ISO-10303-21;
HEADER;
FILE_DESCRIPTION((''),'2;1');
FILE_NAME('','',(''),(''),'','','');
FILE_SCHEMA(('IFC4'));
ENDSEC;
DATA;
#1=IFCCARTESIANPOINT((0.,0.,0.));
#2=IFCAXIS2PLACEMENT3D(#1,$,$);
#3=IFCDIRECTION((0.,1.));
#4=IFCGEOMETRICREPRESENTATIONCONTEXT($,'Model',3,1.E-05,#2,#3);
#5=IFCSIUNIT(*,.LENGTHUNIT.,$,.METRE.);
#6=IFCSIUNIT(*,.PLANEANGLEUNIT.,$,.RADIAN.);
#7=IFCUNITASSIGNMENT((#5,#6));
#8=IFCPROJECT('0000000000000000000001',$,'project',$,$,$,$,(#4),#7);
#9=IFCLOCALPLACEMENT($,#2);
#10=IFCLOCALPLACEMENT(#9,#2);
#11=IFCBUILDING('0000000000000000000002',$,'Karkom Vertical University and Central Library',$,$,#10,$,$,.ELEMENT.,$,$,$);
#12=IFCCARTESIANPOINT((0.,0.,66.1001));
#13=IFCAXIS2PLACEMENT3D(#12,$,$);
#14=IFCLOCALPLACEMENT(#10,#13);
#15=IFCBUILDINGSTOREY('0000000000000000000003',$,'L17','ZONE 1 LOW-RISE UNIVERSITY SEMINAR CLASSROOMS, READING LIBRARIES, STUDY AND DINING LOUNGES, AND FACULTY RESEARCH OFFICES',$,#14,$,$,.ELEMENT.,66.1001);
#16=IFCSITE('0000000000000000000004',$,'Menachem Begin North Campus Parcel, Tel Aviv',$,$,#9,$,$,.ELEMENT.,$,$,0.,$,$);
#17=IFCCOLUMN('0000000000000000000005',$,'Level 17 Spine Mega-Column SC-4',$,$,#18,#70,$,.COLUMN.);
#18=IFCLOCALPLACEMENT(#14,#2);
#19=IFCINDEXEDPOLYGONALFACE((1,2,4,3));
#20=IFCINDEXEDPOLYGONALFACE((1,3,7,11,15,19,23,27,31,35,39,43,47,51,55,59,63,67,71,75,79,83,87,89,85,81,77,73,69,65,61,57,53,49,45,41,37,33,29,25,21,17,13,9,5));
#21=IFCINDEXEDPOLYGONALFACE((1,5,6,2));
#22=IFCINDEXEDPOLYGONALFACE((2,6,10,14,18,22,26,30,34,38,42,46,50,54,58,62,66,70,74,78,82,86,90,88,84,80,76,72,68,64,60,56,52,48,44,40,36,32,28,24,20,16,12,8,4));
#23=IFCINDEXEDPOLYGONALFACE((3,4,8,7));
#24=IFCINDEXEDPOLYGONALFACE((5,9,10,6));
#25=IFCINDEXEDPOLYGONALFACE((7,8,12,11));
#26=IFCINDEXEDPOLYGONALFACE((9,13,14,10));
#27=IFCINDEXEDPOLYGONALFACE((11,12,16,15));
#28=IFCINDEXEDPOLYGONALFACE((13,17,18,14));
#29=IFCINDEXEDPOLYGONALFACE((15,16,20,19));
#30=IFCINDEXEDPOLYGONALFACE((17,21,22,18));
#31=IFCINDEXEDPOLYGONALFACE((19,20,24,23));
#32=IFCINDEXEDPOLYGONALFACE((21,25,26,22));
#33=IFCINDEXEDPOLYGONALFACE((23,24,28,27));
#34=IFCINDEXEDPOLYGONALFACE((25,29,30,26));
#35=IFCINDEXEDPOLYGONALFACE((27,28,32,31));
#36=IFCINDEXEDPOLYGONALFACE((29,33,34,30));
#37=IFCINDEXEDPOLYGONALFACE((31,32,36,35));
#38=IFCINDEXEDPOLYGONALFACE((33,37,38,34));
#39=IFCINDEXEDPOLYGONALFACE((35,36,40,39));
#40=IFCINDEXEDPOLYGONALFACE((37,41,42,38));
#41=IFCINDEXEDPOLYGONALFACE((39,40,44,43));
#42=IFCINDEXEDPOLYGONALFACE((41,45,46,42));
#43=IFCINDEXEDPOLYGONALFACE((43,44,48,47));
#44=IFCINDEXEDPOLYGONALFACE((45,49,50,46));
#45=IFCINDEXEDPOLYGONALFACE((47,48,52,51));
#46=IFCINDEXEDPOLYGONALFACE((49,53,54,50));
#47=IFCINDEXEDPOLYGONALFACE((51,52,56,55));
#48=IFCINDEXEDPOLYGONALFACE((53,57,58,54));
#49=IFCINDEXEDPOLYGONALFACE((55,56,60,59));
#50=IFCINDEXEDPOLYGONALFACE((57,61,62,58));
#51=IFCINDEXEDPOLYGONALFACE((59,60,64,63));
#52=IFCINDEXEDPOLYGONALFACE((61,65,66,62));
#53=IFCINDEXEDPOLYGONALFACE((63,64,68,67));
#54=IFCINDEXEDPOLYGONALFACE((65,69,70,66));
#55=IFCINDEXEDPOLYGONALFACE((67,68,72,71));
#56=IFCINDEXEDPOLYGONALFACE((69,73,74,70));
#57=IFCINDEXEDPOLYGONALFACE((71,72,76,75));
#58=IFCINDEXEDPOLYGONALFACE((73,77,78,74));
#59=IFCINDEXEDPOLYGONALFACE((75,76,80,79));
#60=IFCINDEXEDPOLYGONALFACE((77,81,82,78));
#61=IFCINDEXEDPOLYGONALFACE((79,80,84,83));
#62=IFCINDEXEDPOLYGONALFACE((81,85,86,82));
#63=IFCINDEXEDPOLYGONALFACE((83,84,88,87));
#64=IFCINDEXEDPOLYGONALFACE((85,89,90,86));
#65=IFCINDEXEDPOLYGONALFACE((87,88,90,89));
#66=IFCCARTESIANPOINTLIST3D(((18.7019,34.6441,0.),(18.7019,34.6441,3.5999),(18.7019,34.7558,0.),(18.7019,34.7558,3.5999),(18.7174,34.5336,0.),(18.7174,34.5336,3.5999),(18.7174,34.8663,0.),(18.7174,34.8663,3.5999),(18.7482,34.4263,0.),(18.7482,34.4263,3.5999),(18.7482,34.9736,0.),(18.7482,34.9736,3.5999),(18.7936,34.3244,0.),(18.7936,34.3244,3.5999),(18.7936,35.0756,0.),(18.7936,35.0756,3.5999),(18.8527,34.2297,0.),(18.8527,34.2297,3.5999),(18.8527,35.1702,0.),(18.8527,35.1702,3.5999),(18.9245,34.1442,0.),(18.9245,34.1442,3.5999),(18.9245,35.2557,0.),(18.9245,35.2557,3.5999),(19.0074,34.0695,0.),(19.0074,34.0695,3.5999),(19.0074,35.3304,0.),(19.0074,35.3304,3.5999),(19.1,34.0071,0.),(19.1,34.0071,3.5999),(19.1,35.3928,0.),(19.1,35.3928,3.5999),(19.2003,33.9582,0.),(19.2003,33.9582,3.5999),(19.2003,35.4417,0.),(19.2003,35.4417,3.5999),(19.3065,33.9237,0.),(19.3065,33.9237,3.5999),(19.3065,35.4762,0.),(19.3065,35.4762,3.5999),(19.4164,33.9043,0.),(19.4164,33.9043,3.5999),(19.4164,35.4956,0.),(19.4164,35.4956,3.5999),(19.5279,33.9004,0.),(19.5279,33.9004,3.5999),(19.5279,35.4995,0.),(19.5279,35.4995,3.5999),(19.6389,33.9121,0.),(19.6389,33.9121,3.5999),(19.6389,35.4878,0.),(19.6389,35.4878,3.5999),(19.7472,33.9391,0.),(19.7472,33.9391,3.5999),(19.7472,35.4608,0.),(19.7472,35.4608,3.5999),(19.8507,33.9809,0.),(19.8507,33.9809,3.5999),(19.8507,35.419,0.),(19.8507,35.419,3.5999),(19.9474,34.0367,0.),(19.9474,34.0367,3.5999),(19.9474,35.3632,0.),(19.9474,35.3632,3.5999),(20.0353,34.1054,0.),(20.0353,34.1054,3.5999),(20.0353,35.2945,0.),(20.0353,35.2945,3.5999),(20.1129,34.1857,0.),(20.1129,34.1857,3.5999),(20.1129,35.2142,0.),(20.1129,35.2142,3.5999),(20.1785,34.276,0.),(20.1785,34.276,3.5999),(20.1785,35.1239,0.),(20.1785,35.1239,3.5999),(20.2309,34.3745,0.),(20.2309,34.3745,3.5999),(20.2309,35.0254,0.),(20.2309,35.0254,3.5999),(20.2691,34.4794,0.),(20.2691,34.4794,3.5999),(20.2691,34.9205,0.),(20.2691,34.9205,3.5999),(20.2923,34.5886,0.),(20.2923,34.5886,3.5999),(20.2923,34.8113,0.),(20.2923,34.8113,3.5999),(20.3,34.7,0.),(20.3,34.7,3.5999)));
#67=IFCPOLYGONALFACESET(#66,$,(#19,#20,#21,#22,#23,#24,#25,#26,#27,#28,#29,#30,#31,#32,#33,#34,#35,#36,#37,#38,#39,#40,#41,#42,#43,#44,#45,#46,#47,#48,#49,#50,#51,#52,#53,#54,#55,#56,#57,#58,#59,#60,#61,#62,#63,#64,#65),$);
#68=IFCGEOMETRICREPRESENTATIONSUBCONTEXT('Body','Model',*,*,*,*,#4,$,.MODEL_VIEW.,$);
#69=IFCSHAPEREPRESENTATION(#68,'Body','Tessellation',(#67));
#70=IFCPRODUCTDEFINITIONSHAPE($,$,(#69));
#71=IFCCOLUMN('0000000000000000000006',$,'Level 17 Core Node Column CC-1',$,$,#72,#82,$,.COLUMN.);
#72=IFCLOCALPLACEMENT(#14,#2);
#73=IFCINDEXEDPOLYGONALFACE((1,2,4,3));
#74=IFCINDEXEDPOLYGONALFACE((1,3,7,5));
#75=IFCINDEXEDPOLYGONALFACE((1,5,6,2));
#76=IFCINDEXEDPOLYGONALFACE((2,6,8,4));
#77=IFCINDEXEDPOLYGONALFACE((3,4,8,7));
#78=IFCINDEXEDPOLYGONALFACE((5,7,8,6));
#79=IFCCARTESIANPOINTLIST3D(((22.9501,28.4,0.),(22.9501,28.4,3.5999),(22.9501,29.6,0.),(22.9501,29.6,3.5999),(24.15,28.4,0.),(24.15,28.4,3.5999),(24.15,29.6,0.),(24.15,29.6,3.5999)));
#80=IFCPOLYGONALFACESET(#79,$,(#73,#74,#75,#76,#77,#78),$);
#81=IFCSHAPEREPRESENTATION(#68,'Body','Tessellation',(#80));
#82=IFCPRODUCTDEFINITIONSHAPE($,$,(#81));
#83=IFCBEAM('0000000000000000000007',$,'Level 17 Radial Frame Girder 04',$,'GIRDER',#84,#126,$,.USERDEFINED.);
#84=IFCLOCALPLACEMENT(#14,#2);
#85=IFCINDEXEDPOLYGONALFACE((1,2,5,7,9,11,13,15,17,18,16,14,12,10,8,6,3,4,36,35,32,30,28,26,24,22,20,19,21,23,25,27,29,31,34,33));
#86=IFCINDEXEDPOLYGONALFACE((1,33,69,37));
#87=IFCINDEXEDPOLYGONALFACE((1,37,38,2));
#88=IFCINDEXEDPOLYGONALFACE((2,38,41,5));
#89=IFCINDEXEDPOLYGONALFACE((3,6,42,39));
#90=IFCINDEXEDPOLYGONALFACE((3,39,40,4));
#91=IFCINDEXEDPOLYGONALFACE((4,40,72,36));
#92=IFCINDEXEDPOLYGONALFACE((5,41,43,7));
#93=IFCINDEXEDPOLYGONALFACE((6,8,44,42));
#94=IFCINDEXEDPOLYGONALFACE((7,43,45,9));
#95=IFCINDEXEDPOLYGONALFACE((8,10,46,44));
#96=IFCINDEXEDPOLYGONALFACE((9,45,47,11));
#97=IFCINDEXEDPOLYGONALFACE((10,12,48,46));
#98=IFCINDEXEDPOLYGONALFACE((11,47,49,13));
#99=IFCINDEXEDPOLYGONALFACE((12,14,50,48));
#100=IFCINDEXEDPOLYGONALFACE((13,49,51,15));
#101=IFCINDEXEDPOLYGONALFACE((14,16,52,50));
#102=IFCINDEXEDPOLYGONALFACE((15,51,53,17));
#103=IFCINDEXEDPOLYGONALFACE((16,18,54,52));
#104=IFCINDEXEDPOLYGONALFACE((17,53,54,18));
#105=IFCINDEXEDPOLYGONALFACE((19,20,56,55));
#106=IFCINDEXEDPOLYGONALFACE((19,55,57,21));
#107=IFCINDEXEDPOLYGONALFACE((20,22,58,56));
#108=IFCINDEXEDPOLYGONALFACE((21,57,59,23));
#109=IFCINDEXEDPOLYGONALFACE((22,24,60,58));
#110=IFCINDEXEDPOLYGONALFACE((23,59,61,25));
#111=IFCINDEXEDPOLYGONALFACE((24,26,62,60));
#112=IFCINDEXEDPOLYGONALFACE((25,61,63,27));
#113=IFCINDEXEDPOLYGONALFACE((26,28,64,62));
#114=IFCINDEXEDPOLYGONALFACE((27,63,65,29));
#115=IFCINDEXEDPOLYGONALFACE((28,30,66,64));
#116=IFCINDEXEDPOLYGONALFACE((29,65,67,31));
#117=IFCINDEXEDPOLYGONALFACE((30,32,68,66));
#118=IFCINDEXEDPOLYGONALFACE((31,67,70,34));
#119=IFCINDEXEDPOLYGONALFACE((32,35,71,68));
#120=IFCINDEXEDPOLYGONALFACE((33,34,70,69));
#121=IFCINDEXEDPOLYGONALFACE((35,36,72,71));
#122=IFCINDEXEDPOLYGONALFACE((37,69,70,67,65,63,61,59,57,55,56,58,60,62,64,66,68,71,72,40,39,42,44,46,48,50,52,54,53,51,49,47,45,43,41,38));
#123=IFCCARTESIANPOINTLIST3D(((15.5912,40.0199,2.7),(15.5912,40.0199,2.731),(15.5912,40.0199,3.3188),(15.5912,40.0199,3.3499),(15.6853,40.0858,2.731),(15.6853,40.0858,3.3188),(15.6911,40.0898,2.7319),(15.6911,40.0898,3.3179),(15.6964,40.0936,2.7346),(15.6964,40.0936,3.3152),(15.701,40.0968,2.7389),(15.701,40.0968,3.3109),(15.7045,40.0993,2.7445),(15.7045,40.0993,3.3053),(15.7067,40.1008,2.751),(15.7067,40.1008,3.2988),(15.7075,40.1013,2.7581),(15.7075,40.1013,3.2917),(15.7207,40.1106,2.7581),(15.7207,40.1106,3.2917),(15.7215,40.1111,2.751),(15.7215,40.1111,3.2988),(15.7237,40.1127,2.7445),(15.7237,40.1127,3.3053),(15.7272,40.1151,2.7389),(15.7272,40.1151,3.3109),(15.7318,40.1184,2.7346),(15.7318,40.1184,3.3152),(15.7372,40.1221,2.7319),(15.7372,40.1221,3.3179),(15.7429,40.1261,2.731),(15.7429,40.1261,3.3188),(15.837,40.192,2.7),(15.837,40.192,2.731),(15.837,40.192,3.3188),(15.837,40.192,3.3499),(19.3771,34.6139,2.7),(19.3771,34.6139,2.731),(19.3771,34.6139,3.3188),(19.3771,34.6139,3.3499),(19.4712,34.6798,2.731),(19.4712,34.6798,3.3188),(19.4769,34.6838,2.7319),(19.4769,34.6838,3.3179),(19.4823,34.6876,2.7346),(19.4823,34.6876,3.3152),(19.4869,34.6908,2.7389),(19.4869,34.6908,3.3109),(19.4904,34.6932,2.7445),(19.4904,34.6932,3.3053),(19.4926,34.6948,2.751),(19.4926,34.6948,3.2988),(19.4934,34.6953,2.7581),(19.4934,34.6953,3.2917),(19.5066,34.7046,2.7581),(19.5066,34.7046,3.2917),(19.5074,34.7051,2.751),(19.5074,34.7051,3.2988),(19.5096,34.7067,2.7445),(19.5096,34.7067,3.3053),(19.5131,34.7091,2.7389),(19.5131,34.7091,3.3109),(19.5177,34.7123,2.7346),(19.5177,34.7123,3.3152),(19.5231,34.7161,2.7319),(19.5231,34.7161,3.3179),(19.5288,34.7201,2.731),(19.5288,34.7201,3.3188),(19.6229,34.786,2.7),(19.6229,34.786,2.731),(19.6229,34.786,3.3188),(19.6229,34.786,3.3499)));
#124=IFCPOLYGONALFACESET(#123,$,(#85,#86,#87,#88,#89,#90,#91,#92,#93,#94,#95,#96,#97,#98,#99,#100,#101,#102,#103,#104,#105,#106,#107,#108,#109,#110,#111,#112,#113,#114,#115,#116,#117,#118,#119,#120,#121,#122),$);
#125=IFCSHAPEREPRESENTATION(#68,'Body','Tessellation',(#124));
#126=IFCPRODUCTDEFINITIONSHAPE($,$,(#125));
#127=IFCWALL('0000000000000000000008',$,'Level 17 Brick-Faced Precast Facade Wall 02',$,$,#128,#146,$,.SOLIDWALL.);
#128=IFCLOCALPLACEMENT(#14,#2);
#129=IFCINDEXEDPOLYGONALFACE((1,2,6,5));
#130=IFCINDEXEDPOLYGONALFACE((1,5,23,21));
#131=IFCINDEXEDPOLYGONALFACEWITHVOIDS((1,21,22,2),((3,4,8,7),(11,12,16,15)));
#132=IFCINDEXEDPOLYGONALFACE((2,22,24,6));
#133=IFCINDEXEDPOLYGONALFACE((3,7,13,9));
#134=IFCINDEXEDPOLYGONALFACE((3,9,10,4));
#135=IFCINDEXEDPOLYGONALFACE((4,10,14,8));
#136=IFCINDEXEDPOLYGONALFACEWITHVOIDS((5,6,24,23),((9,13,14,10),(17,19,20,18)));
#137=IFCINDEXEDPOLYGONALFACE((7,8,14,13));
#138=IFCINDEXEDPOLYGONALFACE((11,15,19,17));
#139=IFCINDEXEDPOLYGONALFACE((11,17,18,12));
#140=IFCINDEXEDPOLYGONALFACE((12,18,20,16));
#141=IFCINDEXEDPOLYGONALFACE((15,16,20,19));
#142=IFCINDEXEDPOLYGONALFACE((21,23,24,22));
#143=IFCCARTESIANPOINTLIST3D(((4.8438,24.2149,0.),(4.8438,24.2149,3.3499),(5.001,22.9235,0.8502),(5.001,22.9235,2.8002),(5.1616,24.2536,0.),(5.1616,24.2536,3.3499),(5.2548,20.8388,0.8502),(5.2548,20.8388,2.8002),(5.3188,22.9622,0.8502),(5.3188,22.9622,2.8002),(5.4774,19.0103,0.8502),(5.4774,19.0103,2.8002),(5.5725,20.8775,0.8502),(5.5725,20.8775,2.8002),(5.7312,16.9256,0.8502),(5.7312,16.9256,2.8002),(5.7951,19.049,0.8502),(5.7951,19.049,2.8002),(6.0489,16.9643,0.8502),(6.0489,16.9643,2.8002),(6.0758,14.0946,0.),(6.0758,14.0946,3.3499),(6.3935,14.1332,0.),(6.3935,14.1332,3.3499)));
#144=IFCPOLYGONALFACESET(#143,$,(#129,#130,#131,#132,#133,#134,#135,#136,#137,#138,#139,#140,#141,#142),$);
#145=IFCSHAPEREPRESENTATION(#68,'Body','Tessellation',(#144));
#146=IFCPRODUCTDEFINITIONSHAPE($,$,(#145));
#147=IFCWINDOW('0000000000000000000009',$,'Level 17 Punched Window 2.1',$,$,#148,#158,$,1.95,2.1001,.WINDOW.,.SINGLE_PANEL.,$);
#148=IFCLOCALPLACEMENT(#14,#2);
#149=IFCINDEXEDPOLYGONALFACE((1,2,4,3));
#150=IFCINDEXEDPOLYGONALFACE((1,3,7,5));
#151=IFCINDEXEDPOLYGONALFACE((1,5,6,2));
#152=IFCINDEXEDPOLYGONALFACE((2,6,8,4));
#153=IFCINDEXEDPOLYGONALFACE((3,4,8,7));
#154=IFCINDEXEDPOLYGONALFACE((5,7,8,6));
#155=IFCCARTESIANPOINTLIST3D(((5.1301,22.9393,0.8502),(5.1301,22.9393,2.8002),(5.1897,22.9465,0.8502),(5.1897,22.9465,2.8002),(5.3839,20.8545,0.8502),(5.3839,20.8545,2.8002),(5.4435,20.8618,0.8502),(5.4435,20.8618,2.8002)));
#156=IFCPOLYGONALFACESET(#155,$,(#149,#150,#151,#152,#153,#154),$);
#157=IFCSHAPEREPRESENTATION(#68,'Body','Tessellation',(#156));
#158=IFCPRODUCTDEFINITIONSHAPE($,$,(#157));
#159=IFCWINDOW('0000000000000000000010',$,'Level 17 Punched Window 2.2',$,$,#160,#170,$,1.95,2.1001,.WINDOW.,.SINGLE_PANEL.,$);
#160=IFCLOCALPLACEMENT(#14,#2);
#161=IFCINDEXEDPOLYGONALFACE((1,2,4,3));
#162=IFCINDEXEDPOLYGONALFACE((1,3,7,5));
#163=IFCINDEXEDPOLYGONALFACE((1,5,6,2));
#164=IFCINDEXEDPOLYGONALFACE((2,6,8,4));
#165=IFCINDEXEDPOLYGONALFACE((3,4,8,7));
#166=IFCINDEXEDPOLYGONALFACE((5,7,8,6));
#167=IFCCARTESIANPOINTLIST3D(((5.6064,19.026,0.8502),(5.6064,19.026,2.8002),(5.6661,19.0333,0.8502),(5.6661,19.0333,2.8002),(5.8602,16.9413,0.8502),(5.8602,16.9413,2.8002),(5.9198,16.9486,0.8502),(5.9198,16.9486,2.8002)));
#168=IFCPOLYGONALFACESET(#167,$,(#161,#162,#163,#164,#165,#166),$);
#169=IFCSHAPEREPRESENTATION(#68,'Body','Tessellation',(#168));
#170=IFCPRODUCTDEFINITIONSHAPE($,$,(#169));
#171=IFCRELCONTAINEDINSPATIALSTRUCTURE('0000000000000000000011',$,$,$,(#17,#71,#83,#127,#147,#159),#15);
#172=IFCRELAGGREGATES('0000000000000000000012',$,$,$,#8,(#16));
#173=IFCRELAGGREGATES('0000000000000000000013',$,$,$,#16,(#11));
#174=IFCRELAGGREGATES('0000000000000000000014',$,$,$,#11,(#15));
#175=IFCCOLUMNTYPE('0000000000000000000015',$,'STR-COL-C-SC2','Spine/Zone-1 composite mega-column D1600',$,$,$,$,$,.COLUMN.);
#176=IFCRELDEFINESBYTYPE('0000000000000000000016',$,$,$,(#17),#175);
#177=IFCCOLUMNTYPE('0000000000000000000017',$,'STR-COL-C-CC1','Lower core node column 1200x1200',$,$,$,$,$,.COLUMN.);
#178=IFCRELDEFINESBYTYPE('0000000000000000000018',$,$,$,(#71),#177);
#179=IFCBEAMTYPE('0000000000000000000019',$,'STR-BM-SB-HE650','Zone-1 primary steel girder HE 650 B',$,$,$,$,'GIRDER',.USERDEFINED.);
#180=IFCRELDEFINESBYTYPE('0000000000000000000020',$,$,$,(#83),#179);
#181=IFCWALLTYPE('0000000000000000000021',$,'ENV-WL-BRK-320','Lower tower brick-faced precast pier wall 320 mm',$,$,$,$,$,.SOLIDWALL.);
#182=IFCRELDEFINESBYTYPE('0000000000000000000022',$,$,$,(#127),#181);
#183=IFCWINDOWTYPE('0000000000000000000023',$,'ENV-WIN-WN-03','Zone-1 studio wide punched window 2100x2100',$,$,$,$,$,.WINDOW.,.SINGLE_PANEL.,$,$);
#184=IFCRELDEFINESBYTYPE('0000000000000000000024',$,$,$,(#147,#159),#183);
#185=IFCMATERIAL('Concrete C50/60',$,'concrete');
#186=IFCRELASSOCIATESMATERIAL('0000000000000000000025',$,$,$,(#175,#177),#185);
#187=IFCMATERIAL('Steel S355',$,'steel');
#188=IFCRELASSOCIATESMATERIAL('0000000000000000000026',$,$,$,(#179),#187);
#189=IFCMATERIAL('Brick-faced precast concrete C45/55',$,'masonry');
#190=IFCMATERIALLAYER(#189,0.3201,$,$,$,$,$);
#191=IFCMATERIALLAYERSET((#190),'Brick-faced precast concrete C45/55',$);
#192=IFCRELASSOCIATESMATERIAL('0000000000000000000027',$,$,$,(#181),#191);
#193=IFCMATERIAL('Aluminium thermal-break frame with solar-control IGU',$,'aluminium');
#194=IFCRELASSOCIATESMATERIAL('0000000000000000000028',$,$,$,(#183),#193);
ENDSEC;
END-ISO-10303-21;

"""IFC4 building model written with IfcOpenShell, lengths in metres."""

from ifc_helpers import new_model, si_unit, direction, frame, frame_2d, origin, origin_with_axes, origin_2d, place, context, subcontext, project, spatial, rectangle, circle, i_section, extrude, source, transform, mapped, material, layer, layer_set, material_profile, profile_set, type_object, element, fill, save


model = new_model("IFC4")

# Units and contexts
model_context = context("Model", 3, precision=1e-05, world=origin(), true_north=direction((0.0, 1.0)))
body_context = subcontext(model_context, "Body", "Model", "MODEL_VIEW")
ifc_project = project(units=[si_unit("LENGTHUNIT", "METRE"), si_unit("PLANEANGLEUNIT", "RADIAN")], contexts=[model_context])

# Site, building, storey
site_placement = place(None, origin())
site = spatial("IfcSite", under=ifc_project, at=site_placement, Name="Menachem Begin North Campus Parcel, Tel Aviv", CompositionType="ELEMENT", RefElevation=0.0)
building_placement = place(site_placement, origin())
building = spatial("IfcBuilding", under=site, at=building_placement, Name="Karkom Vertical University and Central Library", CompositionType="ELEMENT")
storey_placement = place(building_placement, frame((0.0, 0.0, 66.1001)))
storey = spatial("IfcBuildingStorey", under=building, at=storey_placement, Name="L17", Description="ZONE 1 LOW-RISE UNIVERSITY SEMINAR CLASSROOMS, READING LIBRARIES, STUDY AND DINING LOUNGES, AND FACULTY RESEARCH OFFICES", CompositionType="ELEMENT", Elevation=66.1001)

# Columns
ifc_material_1 = material(Name="Concrete C50/60", Category="concrete")
ifc_material_profile_1 = material_profile(ifc_material_1, circle(Radius=0.8, at=origin_2d()), Name="CFT-D1600")
ifc_profile_set_1 = profile_set([ifc_material_profile_1], Name="Concrete C50/60")
column_type_1 = type_object("IfcColumnType", Name="STR-COL-C-SC2", Description="Spine/Zone-1 composite mega-column D1600", PredefinedType="COLUMN", material=ifc_profile_set_1)
shared_shape_1 = source(origin_with_axes(), body_context, "Body", "SweptSolid", [
    extrude(circle(Radius=0.8, at=origin_2d()), origin(), (0.0, 0.0, 1.0), 3.5999),
])
column_1_placement = place(storey_placement, frame((19.5, 34.7, 0.0), z_axis=(0.0, 0.0, 1.0), x_axis=(1.0, 0.0, 0.0)))
element("IfcColumn", 1, at=column_1_placement, inside=storey, type_object=column_type_1, Name="Level 17 Spine Mega-Column SC-4", PredefinedType="COLUMN", context=body_context, shape_type="MappedRepresentation", body=[
    mapped(shared_shape_1, transform((0.0, 0.0, 0.0), scale=1.0)),
])
ifc_material_profile_2 = material_profile(ifc_material_1, rectangle(XDim=1.2, YDim=1.2, at=origin_2d()), Name="RC-1200x1200")
ifc_profile_set_2 = profile_set([ifc_material_profile_2], Name="Concrete C50/60")
column_type_2 = type_object("IfcColumnType", Name="STR-COL-C-CC1", Description="Lower core node column 1200x1200", PredefinedType="COLUMN", material=ifc_profile_set_2)
shared_shape_2 = source(origin_with_axes(), body_context, "Body", "SweptSolid", [
    extrude(rectangle(XDim=1.2, YDim=1.2, at=origin_2d()), origin(), (0.0, 0.0, 1.0), 3.5999),
])
column_2_placement = place(storey_placement, frame((23.55, 29.0, 0.0), z_axis=(0.0, 0.0, 1.0), x_axis=(1.0, 0.0, 0.0)))
element("IfcColumn", 2, at=column_2_placement, inside=storey, type_object=column_type_2, Name="Level 17 Core Node Column CC-1", PredefinedType="COLUMN", context=body_context, shape_type="MappedRepresentation", body=[
    mapped(shared_shape_2, transform((0.0, 0.0, 0.0), scale=1.0)),
])

# Beam
ifc_material_2 = material(Name="Steel S355", Category="steel")
ifc_material_profile_3 = material_profile(ifc_material_2, i_section(OverallWidth=0.3, OverallDepth=0.6499, WebThickness=0.0161, FlangeThickness=0.031, FilletRadius=0.0271, at=origin_2d()), Name="HE 650 B")
ifc_profile_set_3 = profile_set([ifc_material_profile_3], Name="Steel S355")
beam_type = type_object("IfcBeamType", Name="STR-BM-SB-HE650", Description="Zone-1 primary steel girder HE 650 B", ElementType="GIRDER", PredefinedType="USERDEFINED", material=ifc_profile_set_3)
shared_shape_3 = source(origin_with_axes(), body_context, "Body", "SweptSolid", [
    extrude(i_section(OverallWidth=0.3, OverallDepth=0.6499, WebThickness=0.0161, FlangeThickness=0.031, FilletRadius=0.0271, at=origin_2d()), origin(), (0.0, 0.0, 1.0), 6.5999),
])
beam_placement = place(storey_placement, frame((19.5, 34.7, 3.0249), z_axis=(-0.573634, 0.819112, 0.0), x_axis=(-0.819112, -0.573634, 0.0)))
element("IfcBeam", 3, at=beam_placement, inside=storey, type_object=beam_type, Name="Level 17 Radial Frame Girder 04", ObjectType="GIRDER", PredefinedType="USERDEFINED", context=body_context, shape_type="MappedRepresentation", body=[
    mapped(shared_shape_3, transform((0.0, 0.0, 0.0), scale=1.0)),
])

# Wall, openings, windows
ifc_material_3 = material(Name="Brick-faced precast concrete C45/55", Category="masonry")
ifc_layer_1 = layer(ifc_material_3, 0.3201)
ifc_layer_set_1 = layer_set([ifc_layer_1], Name="Brick-faced precast concrete C45/55")
wall_type_1 = type_object("IfcWallType", Name="ENV-WL-BRK-320", Description="Lower tower brick-faced precast pier wall 320 mm", PredefinedType="SOLIDWALL", material=ifc_layer_set_1)
wall_1_placement = place(storey_placement, frame((5.0027, 24.2344, 0.0), z_axis=(0.0, 0.0, 1.0), x_axis=(0.120836, -0.992672, 0.0)))
wall_1 = element("IfcWall", 4, at=wall_1_placement, inside=storey, type_object=wall_type_1, Name="Level 17 Brick-Faced Precast Facade Wall 02", PredefinedType="SOLIDWALL", context=body_context, shape_type="SweptSolid", body=[
    extrude(rectangle(XDim=10.1951, YDim=0.3201, at=frame_2d((5.0977, 0.0))), origin(), (0.0, 0.0, 1.0), 3.3499),
])
opening_1_placement = place(wall_1_placement, frame((1.301, 0.0, 0.8501)))
opening_1 = element("IfcOpeningElement", 5, at=opening_1_placement, cuts=wall_1, PredefinedType="OPENING", context=body_context, shape_type="SweptSolid", body=[
    extrude(rectangle(XDim=2.1001, YDim=1.95, at=frame_2d((1.05, 0.9751))), frame((0.0, 0.1699, 0.0), z_axis=(0.0, -1.0, 0.0), x_axis=(1.0, 0.0, 0.0)), (0.0, 0.0, 1.0), 0.3401),
])
opening_2_placement = place(wall_1_placement, frame((5.2432, 0.0, 0.8501)))
opening_2 = element("IfcOpeningElement", 6, at=opening_2_placement, cuts=wall_1, PredefinedType="OPENING", context=body_context, shape_type="SweptSolid", body=[
    extrude(rectangle(XDim=2.1001, YDim=1.95, at=frame_2d((1.05, 0.9751))), frame((0.0, 0.1699, 0.0), z_axis=(0.0, -1.0, 0.0), x_axis=(1.0, 0.0, 0.0)), (0.0, 0.0, 1.0), 0.3401),
])
ifc_material_4 = material(Name="Aluminium thermal-break frame with solar-control IGU", Category="aluminium")
window_type = type_object("IfcWindowType", Name="ENV-WIN-WN-03", Description="Zone-1 studio wide punched window 2100x2100", PartitioningType="SINGLE_PANEL", PredefinedType="WINDOW", material=ifc_material_4)
shared_shape_4 = source(origin_with_axes(), body_context, "Body", "SweptSolid", [
    extrude(rectangle(XDim=2.1001, YDim=1.95, at=frame_2d((1.05, 0.9751))), frame((0.0, 0.03, 0.0), z_axis=(0.0, -1.0, 0.0), x_axis=(1.0, 0.0, 0.0)), (0.0, 0.0, 1.0), 0.0601),
])
window_1_placement = place(opening_1_placement, origin())
window_1 = element("IfcWindow", 7, at=window_1_placement, inside=storey, type_object=window_type, Name="Level 17 Punched Window 2.1", OverallHeight=1.95, OverallWidth=2.1001, PartitioningType="SINGLE_PANEL", PredefinedType="WINDOW", context=body_context, shape_type="MappedRepresentation", body=[
    mapped(shared_shape_4, transform((0.0, 0.0, 0.0), scale=1.0)),
])
fill(opening_1, window_1)
window_2_placement = place(opening_2_placement, origin())
window_2 = element("IfcWindow", 8, at=window_2_placement, inside=storey, type_object=window_type, Name="Level 17 Punched Window 2.2", OverallHeight=1.95, OverallWidth=2.1001, PartitioningType="SINGLE_PANEL", PredefinedType="WINDOW", context=body_context, shape_type="MappedRepresentation", body=[
    mapped(shared_shape_4, transform((0.0, 0.0, 0.0), scale=1.0)),
])
fill(opening_2, window_2)

save(model, "model.ifc")
